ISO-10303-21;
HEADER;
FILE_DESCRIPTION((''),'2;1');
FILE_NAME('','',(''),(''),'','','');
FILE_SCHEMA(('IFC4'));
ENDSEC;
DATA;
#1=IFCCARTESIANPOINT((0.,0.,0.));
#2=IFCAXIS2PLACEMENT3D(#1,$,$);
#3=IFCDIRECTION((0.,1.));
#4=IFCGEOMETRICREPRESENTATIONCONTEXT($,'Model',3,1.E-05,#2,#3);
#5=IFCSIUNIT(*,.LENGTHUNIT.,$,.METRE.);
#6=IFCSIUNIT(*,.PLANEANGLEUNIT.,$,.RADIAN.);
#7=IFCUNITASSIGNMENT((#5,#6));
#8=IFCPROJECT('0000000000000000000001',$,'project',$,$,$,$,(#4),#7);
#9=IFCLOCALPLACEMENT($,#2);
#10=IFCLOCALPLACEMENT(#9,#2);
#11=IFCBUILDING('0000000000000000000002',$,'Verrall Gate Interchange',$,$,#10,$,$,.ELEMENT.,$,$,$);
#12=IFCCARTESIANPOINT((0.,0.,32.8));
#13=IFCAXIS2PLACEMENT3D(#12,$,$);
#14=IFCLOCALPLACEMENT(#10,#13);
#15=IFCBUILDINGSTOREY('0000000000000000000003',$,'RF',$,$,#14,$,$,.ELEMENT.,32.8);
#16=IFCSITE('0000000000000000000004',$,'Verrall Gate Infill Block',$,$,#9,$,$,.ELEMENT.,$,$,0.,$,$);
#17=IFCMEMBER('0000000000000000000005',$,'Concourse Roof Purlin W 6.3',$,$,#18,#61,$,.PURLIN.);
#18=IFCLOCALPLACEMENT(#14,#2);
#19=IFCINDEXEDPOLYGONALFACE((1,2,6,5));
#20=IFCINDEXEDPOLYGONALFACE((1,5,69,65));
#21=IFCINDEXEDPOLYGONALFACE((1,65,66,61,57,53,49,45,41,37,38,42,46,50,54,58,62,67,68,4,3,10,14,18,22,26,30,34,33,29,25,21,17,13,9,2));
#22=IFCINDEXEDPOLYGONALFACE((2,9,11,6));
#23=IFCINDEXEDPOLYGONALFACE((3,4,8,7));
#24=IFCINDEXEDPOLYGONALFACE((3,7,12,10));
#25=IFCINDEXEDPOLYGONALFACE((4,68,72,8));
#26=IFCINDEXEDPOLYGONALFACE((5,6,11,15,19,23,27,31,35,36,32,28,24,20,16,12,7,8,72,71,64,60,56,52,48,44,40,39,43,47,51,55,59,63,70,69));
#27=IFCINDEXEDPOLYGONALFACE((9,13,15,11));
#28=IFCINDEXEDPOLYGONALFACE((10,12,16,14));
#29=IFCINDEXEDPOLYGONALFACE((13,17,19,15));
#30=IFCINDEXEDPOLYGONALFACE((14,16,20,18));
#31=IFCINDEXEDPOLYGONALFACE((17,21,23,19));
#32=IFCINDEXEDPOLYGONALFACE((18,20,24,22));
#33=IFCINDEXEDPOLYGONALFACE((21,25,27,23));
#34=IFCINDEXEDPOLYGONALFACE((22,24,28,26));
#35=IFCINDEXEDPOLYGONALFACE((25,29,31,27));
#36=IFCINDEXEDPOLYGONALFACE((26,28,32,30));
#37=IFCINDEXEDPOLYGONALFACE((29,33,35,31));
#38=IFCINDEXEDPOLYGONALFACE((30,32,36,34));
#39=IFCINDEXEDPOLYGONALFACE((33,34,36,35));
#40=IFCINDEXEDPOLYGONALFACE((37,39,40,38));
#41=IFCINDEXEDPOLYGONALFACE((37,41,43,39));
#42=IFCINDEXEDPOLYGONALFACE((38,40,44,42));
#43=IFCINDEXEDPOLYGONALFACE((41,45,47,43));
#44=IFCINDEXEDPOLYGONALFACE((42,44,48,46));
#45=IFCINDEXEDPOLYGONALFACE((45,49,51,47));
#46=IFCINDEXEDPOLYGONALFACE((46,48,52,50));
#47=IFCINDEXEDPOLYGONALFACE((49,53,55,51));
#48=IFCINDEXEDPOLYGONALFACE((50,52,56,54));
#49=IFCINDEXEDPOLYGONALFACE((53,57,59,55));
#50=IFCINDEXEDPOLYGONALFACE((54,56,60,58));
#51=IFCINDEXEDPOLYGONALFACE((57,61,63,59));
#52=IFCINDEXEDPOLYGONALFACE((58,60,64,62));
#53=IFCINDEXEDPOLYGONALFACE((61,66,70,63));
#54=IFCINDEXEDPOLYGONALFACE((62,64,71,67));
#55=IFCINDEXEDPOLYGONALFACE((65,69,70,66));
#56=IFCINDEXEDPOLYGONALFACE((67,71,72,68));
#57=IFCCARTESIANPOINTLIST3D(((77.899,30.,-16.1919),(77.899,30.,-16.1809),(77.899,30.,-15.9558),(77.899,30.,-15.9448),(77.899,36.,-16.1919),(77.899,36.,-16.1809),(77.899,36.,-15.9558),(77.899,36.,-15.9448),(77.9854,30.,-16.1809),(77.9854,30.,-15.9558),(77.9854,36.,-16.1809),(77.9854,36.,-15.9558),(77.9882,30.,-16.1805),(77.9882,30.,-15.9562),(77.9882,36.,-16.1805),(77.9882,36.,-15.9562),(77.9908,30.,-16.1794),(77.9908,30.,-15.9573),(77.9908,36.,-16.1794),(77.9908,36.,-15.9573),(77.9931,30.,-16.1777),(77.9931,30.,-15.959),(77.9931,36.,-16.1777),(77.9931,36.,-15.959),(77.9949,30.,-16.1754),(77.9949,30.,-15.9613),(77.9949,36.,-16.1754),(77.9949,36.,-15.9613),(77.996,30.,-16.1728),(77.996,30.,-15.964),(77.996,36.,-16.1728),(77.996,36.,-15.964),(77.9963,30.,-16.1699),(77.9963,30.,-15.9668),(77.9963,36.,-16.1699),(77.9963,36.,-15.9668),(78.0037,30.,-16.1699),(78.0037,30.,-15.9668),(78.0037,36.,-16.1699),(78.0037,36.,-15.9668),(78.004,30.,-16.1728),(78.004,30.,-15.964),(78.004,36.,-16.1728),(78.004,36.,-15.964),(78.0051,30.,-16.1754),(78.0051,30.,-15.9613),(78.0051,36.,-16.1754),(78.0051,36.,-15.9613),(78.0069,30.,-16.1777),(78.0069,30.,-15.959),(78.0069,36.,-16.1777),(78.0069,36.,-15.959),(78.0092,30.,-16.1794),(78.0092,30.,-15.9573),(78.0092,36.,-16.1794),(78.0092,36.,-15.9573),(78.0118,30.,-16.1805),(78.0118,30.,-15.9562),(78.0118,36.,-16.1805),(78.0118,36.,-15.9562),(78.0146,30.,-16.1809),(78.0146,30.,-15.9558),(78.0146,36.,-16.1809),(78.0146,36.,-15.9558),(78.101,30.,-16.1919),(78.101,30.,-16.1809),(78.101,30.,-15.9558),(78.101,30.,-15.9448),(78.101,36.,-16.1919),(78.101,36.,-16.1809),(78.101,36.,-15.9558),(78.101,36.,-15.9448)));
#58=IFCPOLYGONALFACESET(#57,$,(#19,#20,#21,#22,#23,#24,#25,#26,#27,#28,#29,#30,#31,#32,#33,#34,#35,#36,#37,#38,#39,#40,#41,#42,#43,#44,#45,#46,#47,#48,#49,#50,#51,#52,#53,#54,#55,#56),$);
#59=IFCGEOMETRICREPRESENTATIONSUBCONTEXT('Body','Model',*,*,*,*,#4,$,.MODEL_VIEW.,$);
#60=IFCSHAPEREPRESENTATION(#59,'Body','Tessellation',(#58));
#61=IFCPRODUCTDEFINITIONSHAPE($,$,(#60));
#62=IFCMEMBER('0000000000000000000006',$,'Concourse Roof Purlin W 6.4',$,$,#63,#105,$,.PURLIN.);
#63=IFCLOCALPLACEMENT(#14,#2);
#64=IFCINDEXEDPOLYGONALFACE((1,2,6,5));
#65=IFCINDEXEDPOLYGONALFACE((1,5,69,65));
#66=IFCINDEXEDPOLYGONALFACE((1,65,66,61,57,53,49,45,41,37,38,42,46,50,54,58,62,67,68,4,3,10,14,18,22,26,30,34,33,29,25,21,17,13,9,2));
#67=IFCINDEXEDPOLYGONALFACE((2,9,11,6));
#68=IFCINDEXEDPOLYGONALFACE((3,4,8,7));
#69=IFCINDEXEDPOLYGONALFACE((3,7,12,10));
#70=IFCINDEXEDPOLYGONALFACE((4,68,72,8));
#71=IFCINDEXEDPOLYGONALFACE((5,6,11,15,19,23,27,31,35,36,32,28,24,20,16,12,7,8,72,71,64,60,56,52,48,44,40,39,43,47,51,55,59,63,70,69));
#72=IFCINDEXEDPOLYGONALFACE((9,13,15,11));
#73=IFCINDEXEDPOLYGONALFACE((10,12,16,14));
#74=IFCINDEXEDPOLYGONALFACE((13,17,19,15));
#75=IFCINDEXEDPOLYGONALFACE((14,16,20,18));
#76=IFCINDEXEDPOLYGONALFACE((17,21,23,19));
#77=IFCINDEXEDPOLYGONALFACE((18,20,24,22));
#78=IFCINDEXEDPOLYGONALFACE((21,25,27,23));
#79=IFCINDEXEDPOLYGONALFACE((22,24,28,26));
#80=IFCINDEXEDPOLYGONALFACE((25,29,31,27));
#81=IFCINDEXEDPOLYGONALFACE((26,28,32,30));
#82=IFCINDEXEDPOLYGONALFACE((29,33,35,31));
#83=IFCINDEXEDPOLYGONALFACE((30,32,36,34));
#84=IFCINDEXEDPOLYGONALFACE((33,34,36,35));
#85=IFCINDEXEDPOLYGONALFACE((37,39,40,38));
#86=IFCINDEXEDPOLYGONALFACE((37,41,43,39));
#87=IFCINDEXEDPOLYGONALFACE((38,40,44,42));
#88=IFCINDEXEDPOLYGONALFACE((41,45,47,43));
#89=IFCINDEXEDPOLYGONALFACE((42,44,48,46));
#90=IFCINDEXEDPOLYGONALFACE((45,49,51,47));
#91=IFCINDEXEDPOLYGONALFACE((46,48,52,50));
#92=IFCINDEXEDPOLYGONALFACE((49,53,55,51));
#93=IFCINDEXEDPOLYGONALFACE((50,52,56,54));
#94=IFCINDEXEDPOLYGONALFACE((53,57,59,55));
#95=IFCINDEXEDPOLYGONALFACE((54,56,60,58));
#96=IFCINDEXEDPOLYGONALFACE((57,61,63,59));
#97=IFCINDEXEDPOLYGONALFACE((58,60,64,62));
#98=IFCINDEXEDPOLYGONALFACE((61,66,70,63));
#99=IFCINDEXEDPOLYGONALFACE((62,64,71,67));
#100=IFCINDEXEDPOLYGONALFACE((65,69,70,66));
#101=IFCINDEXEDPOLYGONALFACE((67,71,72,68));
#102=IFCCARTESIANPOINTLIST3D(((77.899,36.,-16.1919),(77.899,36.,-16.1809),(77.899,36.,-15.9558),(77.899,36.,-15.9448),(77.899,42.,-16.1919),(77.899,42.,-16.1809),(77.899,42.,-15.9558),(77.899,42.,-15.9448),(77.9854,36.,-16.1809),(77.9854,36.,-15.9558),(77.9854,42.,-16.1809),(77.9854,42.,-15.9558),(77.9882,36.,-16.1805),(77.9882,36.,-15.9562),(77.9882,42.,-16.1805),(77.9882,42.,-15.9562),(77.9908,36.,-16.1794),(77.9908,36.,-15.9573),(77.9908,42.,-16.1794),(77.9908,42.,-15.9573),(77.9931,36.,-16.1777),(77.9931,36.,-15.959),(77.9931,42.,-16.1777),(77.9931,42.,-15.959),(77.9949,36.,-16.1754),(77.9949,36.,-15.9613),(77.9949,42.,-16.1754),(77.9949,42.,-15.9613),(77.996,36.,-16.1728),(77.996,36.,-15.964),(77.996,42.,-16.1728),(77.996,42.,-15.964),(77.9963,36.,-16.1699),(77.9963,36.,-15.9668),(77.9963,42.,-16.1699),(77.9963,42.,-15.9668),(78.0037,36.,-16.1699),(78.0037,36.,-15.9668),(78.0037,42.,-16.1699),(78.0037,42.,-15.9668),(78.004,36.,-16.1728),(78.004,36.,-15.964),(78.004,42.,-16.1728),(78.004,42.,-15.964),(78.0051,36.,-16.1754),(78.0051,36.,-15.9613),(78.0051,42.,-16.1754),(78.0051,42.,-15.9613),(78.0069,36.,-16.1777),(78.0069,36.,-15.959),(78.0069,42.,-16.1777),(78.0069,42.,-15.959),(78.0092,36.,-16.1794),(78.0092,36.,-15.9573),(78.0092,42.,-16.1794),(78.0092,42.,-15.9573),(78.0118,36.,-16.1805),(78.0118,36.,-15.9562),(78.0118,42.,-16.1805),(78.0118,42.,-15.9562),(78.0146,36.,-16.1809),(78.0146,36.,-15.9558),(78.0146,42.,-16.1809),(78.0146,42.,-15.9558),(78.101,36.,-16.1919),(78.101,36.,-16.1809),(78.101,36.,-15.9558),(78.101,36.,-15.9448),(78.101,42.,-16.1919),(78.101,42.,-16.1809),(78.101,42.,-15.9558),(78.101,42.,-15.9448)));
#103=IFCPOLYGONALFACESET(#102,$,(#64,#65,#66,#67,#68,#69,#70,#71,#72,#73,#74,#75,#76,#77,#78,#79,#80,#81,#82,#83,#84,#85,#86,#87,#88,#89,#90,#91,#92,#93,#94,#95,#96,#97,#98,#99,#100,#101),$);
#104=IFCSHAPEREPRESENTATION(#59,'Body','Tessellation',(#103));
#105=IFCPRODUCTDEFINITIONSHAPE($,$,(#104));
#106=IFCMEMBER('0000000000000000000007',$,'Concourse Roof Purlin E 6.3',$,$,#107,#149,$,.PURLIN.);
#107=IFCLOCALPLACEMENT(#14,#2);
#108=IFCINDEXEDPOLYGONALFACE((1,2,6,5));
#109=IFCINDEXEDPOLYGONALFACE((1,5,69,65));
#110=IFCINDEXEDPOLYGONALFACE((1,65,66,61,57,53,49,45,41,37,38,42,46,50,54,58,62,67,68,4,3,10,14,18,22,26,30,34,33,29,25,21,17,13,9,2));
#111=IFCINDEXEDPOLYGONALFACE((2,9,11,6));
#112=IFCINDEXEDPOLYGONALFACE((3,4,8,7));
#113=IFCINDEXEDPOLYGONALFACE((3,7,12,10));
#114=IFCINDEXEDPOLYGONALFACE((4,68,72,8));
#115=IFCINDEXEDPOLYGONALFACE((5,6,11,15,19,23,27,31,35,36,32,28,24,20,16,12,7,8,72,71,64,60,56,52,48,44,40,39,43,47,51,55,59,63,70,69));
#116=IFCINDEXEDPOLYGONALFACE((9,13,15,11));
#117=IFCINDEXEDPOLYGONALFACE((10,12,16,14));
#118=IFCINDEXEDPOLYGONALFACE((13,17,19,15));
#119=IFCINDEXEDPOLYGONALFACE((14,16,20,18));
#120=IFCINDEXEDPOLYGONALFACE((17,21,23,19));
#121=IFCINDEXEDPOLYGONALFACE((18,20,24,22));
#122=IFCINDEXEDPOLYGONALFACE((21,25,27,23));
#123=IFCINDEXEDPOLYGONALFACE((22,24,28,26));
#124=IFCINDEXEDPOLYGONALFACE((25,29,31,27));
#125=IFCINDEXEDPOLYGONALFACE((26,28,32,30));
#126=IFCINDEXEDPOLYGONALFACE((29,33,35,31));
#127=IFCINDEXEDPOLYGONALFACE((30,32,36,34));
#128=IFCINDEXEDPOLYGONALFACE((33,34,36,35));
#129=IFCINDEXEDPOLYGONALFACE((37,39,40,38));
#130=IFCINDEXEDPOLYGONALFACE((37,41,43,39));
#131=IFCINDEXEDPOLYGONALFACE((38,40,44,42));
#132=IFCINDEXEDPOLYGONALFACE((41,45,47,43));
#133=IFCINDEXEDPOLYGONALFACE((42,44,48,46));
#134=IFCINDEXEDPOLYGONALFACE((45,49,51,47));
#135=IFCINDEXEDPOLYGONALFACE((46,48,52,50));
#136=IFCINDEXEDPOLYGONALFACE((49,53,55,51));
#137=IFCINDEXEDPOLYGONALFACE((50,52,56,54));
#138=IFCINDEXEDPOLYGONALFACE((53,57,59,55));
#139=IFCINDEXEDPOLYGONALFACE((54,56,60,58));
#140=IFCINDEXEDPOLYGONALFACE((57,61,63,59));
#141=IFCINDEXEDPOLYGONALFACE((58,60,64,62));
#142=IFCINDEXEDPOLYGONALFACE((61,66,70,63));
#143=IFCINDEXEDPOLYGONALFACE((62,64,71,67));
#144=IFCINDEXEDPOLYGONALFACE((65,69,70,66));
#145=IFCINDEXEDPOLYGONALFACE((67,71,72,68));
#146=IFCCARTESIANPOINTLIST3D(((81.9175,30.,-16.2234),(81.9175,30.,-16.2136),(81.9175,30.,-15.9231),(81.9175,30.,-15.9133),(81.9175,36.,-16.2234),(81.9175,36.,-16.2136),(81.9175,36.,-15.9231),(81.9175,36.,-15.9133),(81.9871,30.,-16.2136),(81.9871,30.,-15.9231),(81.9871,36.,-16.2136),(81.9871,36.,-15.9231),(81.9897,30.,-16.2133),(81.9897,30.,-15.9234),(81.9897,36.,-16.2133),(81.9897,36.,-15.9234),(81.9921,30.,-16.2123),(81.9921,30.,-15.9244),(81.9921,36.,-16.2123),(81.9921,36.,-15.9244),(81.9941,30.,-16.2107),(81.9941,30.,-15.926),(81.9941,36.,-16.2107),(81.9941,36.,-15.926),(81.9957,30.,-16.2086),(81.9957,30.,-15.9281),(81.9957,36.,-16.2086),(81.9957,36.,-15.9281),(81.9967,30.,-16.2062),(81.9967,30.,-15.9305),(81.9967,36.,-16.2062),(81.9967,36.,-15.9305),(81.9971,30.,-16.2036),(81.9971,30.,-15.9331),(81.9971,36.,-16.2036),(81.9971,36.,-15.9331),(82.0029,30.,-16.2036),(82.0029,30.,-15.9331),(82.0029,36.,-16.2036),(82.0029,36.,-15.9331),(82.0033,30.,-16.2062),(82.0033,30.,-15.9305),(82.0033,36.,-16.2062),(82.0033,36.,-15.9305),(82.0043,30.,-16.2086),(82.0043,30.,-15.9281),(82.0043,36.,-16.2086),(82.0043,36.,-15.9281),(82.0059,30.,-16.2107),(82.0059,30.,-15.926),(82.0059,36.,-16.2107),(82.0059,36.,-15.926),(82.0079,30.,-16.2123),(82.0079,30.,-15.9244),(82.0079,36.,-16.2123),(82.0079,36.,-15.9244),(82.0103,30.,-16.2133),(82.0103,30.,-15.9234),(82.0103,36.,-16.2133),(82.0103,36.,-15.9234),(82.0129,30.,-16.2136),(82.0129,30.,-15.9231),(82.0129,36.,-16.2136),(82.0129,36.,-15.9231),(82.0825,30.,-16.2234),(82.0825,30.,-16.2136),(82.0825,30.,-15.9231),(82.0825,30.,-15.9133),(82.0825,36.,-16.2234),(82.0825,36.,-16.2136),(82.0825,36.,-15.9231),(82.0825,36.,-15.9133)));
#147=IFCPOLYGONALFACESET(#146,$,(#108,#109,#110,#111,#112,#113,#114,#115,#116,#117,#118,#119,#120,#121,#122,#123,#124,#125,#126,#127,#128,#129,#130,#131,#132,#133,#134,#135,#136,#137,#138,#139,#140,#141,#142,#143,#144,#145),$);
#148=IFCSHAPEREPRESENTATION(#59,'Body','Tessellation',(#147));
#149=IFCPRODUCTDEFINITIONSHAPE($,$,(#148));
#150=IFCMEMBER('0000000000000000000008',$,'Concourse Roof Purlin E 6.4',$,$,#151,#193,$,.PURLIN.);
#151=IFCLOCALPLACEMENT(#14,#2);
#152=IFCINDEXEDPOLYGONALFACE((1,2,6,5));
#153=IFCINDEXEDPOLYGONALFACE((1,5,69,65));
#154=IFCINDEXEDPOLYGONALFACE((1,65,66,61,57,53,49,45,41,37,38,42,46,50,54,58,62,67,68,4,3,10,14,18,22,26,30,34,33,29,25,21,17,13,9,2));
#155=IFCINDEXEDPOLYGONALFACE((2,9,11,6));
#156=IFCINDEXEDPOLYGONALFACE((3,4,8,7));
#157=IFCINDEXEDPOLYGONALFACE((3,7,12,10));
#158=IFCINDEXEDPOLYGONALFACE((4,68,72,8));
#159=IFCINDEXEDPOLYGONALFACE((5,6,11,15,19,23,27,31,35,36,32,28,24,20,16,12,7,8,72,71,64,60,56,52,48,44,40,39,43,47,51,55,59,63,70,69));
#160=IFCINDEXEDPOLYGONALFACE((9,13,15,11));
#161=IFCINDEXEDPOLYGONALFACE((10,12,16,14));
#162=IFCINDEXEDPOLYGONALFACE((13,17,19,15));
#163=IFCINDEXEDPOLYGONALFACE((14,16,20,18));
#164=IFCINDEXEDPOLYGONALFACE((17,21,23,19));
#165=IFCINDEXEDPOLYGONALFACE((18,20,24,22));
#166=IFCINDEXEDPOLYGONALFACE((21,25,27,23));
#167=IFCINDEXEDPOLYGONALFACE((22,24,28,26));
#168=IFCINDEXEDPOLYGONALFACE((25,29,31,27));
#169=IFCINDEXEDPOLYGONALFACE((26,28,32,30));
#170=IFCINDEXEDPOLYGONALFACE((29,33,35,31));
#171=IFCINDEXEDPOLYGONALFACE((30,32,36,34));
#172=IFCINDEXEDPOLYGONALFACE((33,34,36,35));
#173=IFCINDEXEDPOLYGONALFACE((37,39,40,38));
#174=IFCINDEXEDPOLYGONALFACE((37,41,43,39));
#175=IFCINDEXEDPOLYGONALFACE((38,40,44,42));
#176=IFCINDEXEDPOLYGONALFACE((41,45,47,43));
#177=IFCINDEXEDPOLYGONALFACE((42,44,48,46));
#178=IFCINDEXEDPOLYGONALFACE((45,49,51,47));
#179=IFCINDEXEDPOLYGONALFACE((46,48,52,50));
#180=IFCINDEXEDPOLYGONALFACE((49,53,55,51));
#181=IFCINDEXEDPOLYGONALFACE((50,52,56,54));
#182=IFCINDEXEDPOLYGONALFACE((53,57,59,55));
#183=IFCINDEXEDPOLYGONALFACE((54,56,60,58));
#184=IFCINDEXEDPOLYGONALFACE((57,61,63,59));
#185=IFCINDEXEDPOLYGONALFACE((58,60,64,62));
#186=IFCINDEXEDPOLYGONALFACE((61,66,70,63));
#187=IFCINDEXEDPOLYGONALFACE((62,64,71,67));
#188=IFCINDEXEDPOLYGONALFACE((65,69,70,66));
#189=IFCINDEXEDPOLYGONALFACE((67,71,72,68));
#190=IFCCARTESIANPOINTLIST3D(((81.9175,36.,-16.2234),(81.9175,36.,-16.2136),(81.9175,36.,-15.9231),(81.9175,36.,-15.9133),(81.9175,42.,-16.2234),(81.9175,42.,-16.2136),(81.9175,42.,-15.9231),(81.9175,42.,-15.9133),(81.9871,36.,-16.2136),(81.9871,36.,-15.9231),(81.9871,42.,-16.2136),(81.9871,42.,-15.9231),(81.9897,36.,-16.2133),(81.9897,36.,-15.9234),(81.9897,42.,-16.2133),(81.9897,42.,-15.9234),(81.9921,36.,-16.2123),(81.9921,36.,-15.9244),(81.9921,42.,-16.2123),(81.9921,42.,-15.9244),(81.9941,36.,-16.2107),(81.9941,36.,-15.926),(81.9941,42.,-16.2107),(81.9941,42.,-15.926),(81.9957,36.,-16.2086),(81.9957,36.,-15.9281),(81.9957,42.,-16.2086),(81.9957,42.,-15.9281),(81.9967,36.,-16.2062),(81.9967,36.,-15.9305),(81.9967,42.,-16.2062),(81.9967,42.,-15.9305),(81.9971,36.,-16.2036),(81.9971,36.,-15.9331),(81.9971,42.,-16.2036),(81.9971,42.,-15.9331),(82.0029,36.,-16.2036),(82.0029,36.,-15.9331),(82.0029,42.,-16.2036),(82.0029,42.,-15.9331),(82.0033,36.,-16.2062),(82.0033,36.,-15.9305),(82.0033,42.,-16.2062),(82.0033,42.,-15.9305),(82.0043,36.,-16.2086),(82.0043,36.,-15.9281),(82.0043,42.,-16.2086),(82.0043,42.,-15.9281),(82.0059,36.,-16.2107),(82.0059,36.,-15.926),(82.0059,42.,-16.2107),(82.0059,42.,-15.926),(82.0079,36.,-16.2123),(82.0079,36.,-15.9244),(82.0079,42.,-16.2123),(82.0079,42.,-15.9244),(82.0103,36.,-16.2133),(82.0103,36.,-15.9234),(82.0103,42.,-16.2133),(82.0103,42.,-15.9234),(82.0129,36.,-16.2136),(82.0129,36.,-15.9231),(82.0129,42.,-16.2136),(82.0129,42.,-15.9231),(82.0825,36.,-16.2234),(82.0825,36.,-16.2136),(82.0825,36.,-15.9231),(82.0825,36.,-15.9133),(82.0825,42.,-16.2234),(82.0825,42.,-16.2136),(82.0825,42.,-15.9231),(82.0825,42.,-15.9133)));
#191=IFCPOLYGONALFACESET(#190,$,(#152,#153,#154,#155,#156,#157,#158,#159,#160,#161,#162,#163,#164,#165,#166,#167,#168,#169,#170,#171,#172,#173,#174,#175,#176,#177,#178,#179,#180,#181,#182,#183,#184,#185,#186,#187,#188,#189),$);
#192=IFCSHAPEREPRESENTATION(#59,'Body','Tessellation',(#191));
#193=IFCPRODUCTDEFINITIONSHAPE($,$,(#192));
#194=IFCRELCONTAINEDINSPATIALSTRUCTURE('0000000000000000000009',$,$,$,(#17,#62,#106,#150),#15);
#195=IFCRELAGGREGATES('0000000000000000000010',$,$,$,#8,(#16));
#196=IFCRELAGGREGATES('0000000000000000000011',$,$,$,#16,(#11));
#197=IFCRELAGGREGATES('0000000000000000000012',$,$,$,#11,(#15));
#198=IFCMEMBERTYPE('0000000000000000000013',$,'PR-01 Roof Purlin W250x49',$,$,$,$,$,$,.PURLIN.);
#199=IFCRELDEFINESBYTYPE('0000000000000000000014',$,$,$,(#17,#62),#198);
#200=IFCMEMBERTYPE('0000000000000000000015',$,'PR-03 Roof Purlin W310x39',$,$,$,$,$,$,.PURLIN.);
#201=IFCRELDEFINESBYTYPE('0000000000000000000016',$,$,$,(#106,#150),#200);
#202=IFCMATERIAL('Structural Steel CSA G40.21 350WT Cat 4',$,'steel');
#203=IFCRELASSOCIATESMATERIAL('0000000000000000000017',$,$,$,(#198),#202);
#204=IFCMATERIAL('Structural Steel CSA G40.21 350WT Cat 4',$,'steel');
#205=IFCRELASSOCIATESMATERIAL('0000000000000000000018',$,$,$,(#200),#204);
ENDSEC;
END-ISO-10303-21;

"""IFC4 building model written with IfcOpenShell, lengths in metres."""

from ifc_helpers import new_model, si_unit, direction, frame, origin, origin_2d, place, context, subcontext, project, spatial, i_section, extrude, material, material_profile, profile_set, type_object, element, save


model = new_model("IFC4")

# Units and contexts
model_context = context("Model", 3, precision=1e-05, world=origin(), true_north=direction((0.0, 1.0)))
body_context = subcontext(model_context, "Body", "Model", "MODEL_VIEW")
ifc_project = project(units=[si_unit("LENGTHUNIT", "METRE"), si_unit("PLANEANGLEUNIT", "RADIAN")], contexts=[model_context])

# Site, building, storey
site_placement = place(None, origin())
site = spatial("IfcSite", under=ifc_project, at=site_placement, Name="Verrall Gate Infill Block", CompositionType="ELEMENT", RefElevation=0.0)
building_placement = place(site_placement, origin())
building = spatial("IfcBuilding", under=site, at=building_placement, Name="Verrall Gate Interchange", CompositionType="ELEMENT")
storey_placement = place(building_placement, frame((0.0, 0.0, 32.8)))
storey = spatial("IfcBuildingStorey", under=building, at=storey_placement, Name="RF", CompositionType="ELEMENT", Elevation=32.8)

# Members
ifc_material_1 = material(Name="Structural Steel CSA G40.21 350WT Cat 4", Category="steel")
ifc_material_profile_1 = material_profile(ifc_material_1, i_section(OverallWidth=0.2019, OverallDepth=0.2471, WebThickness=0.0073, FlangeThickness=0.011, FilletRadius=0.011, at=origin_2d()), Name="W250x49")
ifc_profile_set_1 = profile_set([ifc_material_profile_1], Name="Structural Steel CSA G40.21 350WT Cat 4")
member_type_1 = type_object("IfcMemberType", Name="PR-01 Roof Purlin W250x49", PredefinedType="PURLIN", material=ifc_profile_set_1)
for number, where, z_axis, x_axis, name in (
    (1, (78.0, 30.0, -16.0684), (0.0, 1.0, 0.0), (-1.0, 0.0, 0.0), "Concourse Roof Purlin W 6.3"),
    (2, (78.0, 36.0, -16.0684), (0.0, 1.0, 0.0), (-1.0, 0.0, 0.0), "Concourse Roof Purlin W 6.4"),
):
    element("IfcMember", number, at=place(storey_placement, frame(where, z_axis=z_axis, x_axis=x_axis)), inside=storey, type_object=member_type_1, Name=name, PredefinedType="PURLIN", context=body_context, shape_type="SweptSolid", body=[
        extrude(i_section(OverallWidth=0.2019, OverallDepth=0.2471, WebThickness=0.0073, FlangeThickness=0.011, FilletRadius=0.011, at=origin_2d()), origin(), (0.0, 0.0, 1.0), 6.0),
    ])
ifc_material_2 = material(Name="Structural Steel CSA G40.21 350WT Cat 4", Category="steel")
ifc_material_profile_2 = material_profile(ifc_material_2, i_section(OverallWidth=0.165, OverallDepth=0.3101, WebThickness=0.0059, FlangeThickness=0.0098, FilletRadius=0.01, at=origin_2d()), Name="W310x39")
ifc_profile_set_2 = profile_set([ifc_material_profile_2], Name="Structural Steel CSA G40.21 350WT Cat 4")
member_type_2 = type_object("IfcMemberType", Name="PR-03 Roof Purlin W310x39", PredefinedType="PURLIN", material=ifc_profile_set_2)
for number, where, z_axis, x_axis, name in (
    (3, (82.0, 30.0, -16.0684), (0.0, 1.0, 0.0), (-1.0, 0.0, 0.0), "Concourse Roof Purlin E 6.3"),
    (4, (82.0, 36.0, -16.0684), (0.0, 1.0, 0.0), (-1.0, 0.0, 0.0), "Concourse Roof Purlin E 6.4"),
):
    element("IfcMember", number, at=place(storey_placement, frame(where, z_axis=z_axis, x_axis=x_axis)), inside=storey, type_object=member_type_2, Name=name, PredefinedType="PURLIN", context=body_context, shape_type="SweptSolid", body=[
        extrude(i_section(OverallWidth=0.165, OverallDepth=0.3101, WebThickness=0.0059, FlangeThickness=0.0098, FilletRadius=0.01, at=origin_2d()), origin(), (0.0, 0.0, 1.0), 6.0),
    ])

save(model, "model.ifc")
